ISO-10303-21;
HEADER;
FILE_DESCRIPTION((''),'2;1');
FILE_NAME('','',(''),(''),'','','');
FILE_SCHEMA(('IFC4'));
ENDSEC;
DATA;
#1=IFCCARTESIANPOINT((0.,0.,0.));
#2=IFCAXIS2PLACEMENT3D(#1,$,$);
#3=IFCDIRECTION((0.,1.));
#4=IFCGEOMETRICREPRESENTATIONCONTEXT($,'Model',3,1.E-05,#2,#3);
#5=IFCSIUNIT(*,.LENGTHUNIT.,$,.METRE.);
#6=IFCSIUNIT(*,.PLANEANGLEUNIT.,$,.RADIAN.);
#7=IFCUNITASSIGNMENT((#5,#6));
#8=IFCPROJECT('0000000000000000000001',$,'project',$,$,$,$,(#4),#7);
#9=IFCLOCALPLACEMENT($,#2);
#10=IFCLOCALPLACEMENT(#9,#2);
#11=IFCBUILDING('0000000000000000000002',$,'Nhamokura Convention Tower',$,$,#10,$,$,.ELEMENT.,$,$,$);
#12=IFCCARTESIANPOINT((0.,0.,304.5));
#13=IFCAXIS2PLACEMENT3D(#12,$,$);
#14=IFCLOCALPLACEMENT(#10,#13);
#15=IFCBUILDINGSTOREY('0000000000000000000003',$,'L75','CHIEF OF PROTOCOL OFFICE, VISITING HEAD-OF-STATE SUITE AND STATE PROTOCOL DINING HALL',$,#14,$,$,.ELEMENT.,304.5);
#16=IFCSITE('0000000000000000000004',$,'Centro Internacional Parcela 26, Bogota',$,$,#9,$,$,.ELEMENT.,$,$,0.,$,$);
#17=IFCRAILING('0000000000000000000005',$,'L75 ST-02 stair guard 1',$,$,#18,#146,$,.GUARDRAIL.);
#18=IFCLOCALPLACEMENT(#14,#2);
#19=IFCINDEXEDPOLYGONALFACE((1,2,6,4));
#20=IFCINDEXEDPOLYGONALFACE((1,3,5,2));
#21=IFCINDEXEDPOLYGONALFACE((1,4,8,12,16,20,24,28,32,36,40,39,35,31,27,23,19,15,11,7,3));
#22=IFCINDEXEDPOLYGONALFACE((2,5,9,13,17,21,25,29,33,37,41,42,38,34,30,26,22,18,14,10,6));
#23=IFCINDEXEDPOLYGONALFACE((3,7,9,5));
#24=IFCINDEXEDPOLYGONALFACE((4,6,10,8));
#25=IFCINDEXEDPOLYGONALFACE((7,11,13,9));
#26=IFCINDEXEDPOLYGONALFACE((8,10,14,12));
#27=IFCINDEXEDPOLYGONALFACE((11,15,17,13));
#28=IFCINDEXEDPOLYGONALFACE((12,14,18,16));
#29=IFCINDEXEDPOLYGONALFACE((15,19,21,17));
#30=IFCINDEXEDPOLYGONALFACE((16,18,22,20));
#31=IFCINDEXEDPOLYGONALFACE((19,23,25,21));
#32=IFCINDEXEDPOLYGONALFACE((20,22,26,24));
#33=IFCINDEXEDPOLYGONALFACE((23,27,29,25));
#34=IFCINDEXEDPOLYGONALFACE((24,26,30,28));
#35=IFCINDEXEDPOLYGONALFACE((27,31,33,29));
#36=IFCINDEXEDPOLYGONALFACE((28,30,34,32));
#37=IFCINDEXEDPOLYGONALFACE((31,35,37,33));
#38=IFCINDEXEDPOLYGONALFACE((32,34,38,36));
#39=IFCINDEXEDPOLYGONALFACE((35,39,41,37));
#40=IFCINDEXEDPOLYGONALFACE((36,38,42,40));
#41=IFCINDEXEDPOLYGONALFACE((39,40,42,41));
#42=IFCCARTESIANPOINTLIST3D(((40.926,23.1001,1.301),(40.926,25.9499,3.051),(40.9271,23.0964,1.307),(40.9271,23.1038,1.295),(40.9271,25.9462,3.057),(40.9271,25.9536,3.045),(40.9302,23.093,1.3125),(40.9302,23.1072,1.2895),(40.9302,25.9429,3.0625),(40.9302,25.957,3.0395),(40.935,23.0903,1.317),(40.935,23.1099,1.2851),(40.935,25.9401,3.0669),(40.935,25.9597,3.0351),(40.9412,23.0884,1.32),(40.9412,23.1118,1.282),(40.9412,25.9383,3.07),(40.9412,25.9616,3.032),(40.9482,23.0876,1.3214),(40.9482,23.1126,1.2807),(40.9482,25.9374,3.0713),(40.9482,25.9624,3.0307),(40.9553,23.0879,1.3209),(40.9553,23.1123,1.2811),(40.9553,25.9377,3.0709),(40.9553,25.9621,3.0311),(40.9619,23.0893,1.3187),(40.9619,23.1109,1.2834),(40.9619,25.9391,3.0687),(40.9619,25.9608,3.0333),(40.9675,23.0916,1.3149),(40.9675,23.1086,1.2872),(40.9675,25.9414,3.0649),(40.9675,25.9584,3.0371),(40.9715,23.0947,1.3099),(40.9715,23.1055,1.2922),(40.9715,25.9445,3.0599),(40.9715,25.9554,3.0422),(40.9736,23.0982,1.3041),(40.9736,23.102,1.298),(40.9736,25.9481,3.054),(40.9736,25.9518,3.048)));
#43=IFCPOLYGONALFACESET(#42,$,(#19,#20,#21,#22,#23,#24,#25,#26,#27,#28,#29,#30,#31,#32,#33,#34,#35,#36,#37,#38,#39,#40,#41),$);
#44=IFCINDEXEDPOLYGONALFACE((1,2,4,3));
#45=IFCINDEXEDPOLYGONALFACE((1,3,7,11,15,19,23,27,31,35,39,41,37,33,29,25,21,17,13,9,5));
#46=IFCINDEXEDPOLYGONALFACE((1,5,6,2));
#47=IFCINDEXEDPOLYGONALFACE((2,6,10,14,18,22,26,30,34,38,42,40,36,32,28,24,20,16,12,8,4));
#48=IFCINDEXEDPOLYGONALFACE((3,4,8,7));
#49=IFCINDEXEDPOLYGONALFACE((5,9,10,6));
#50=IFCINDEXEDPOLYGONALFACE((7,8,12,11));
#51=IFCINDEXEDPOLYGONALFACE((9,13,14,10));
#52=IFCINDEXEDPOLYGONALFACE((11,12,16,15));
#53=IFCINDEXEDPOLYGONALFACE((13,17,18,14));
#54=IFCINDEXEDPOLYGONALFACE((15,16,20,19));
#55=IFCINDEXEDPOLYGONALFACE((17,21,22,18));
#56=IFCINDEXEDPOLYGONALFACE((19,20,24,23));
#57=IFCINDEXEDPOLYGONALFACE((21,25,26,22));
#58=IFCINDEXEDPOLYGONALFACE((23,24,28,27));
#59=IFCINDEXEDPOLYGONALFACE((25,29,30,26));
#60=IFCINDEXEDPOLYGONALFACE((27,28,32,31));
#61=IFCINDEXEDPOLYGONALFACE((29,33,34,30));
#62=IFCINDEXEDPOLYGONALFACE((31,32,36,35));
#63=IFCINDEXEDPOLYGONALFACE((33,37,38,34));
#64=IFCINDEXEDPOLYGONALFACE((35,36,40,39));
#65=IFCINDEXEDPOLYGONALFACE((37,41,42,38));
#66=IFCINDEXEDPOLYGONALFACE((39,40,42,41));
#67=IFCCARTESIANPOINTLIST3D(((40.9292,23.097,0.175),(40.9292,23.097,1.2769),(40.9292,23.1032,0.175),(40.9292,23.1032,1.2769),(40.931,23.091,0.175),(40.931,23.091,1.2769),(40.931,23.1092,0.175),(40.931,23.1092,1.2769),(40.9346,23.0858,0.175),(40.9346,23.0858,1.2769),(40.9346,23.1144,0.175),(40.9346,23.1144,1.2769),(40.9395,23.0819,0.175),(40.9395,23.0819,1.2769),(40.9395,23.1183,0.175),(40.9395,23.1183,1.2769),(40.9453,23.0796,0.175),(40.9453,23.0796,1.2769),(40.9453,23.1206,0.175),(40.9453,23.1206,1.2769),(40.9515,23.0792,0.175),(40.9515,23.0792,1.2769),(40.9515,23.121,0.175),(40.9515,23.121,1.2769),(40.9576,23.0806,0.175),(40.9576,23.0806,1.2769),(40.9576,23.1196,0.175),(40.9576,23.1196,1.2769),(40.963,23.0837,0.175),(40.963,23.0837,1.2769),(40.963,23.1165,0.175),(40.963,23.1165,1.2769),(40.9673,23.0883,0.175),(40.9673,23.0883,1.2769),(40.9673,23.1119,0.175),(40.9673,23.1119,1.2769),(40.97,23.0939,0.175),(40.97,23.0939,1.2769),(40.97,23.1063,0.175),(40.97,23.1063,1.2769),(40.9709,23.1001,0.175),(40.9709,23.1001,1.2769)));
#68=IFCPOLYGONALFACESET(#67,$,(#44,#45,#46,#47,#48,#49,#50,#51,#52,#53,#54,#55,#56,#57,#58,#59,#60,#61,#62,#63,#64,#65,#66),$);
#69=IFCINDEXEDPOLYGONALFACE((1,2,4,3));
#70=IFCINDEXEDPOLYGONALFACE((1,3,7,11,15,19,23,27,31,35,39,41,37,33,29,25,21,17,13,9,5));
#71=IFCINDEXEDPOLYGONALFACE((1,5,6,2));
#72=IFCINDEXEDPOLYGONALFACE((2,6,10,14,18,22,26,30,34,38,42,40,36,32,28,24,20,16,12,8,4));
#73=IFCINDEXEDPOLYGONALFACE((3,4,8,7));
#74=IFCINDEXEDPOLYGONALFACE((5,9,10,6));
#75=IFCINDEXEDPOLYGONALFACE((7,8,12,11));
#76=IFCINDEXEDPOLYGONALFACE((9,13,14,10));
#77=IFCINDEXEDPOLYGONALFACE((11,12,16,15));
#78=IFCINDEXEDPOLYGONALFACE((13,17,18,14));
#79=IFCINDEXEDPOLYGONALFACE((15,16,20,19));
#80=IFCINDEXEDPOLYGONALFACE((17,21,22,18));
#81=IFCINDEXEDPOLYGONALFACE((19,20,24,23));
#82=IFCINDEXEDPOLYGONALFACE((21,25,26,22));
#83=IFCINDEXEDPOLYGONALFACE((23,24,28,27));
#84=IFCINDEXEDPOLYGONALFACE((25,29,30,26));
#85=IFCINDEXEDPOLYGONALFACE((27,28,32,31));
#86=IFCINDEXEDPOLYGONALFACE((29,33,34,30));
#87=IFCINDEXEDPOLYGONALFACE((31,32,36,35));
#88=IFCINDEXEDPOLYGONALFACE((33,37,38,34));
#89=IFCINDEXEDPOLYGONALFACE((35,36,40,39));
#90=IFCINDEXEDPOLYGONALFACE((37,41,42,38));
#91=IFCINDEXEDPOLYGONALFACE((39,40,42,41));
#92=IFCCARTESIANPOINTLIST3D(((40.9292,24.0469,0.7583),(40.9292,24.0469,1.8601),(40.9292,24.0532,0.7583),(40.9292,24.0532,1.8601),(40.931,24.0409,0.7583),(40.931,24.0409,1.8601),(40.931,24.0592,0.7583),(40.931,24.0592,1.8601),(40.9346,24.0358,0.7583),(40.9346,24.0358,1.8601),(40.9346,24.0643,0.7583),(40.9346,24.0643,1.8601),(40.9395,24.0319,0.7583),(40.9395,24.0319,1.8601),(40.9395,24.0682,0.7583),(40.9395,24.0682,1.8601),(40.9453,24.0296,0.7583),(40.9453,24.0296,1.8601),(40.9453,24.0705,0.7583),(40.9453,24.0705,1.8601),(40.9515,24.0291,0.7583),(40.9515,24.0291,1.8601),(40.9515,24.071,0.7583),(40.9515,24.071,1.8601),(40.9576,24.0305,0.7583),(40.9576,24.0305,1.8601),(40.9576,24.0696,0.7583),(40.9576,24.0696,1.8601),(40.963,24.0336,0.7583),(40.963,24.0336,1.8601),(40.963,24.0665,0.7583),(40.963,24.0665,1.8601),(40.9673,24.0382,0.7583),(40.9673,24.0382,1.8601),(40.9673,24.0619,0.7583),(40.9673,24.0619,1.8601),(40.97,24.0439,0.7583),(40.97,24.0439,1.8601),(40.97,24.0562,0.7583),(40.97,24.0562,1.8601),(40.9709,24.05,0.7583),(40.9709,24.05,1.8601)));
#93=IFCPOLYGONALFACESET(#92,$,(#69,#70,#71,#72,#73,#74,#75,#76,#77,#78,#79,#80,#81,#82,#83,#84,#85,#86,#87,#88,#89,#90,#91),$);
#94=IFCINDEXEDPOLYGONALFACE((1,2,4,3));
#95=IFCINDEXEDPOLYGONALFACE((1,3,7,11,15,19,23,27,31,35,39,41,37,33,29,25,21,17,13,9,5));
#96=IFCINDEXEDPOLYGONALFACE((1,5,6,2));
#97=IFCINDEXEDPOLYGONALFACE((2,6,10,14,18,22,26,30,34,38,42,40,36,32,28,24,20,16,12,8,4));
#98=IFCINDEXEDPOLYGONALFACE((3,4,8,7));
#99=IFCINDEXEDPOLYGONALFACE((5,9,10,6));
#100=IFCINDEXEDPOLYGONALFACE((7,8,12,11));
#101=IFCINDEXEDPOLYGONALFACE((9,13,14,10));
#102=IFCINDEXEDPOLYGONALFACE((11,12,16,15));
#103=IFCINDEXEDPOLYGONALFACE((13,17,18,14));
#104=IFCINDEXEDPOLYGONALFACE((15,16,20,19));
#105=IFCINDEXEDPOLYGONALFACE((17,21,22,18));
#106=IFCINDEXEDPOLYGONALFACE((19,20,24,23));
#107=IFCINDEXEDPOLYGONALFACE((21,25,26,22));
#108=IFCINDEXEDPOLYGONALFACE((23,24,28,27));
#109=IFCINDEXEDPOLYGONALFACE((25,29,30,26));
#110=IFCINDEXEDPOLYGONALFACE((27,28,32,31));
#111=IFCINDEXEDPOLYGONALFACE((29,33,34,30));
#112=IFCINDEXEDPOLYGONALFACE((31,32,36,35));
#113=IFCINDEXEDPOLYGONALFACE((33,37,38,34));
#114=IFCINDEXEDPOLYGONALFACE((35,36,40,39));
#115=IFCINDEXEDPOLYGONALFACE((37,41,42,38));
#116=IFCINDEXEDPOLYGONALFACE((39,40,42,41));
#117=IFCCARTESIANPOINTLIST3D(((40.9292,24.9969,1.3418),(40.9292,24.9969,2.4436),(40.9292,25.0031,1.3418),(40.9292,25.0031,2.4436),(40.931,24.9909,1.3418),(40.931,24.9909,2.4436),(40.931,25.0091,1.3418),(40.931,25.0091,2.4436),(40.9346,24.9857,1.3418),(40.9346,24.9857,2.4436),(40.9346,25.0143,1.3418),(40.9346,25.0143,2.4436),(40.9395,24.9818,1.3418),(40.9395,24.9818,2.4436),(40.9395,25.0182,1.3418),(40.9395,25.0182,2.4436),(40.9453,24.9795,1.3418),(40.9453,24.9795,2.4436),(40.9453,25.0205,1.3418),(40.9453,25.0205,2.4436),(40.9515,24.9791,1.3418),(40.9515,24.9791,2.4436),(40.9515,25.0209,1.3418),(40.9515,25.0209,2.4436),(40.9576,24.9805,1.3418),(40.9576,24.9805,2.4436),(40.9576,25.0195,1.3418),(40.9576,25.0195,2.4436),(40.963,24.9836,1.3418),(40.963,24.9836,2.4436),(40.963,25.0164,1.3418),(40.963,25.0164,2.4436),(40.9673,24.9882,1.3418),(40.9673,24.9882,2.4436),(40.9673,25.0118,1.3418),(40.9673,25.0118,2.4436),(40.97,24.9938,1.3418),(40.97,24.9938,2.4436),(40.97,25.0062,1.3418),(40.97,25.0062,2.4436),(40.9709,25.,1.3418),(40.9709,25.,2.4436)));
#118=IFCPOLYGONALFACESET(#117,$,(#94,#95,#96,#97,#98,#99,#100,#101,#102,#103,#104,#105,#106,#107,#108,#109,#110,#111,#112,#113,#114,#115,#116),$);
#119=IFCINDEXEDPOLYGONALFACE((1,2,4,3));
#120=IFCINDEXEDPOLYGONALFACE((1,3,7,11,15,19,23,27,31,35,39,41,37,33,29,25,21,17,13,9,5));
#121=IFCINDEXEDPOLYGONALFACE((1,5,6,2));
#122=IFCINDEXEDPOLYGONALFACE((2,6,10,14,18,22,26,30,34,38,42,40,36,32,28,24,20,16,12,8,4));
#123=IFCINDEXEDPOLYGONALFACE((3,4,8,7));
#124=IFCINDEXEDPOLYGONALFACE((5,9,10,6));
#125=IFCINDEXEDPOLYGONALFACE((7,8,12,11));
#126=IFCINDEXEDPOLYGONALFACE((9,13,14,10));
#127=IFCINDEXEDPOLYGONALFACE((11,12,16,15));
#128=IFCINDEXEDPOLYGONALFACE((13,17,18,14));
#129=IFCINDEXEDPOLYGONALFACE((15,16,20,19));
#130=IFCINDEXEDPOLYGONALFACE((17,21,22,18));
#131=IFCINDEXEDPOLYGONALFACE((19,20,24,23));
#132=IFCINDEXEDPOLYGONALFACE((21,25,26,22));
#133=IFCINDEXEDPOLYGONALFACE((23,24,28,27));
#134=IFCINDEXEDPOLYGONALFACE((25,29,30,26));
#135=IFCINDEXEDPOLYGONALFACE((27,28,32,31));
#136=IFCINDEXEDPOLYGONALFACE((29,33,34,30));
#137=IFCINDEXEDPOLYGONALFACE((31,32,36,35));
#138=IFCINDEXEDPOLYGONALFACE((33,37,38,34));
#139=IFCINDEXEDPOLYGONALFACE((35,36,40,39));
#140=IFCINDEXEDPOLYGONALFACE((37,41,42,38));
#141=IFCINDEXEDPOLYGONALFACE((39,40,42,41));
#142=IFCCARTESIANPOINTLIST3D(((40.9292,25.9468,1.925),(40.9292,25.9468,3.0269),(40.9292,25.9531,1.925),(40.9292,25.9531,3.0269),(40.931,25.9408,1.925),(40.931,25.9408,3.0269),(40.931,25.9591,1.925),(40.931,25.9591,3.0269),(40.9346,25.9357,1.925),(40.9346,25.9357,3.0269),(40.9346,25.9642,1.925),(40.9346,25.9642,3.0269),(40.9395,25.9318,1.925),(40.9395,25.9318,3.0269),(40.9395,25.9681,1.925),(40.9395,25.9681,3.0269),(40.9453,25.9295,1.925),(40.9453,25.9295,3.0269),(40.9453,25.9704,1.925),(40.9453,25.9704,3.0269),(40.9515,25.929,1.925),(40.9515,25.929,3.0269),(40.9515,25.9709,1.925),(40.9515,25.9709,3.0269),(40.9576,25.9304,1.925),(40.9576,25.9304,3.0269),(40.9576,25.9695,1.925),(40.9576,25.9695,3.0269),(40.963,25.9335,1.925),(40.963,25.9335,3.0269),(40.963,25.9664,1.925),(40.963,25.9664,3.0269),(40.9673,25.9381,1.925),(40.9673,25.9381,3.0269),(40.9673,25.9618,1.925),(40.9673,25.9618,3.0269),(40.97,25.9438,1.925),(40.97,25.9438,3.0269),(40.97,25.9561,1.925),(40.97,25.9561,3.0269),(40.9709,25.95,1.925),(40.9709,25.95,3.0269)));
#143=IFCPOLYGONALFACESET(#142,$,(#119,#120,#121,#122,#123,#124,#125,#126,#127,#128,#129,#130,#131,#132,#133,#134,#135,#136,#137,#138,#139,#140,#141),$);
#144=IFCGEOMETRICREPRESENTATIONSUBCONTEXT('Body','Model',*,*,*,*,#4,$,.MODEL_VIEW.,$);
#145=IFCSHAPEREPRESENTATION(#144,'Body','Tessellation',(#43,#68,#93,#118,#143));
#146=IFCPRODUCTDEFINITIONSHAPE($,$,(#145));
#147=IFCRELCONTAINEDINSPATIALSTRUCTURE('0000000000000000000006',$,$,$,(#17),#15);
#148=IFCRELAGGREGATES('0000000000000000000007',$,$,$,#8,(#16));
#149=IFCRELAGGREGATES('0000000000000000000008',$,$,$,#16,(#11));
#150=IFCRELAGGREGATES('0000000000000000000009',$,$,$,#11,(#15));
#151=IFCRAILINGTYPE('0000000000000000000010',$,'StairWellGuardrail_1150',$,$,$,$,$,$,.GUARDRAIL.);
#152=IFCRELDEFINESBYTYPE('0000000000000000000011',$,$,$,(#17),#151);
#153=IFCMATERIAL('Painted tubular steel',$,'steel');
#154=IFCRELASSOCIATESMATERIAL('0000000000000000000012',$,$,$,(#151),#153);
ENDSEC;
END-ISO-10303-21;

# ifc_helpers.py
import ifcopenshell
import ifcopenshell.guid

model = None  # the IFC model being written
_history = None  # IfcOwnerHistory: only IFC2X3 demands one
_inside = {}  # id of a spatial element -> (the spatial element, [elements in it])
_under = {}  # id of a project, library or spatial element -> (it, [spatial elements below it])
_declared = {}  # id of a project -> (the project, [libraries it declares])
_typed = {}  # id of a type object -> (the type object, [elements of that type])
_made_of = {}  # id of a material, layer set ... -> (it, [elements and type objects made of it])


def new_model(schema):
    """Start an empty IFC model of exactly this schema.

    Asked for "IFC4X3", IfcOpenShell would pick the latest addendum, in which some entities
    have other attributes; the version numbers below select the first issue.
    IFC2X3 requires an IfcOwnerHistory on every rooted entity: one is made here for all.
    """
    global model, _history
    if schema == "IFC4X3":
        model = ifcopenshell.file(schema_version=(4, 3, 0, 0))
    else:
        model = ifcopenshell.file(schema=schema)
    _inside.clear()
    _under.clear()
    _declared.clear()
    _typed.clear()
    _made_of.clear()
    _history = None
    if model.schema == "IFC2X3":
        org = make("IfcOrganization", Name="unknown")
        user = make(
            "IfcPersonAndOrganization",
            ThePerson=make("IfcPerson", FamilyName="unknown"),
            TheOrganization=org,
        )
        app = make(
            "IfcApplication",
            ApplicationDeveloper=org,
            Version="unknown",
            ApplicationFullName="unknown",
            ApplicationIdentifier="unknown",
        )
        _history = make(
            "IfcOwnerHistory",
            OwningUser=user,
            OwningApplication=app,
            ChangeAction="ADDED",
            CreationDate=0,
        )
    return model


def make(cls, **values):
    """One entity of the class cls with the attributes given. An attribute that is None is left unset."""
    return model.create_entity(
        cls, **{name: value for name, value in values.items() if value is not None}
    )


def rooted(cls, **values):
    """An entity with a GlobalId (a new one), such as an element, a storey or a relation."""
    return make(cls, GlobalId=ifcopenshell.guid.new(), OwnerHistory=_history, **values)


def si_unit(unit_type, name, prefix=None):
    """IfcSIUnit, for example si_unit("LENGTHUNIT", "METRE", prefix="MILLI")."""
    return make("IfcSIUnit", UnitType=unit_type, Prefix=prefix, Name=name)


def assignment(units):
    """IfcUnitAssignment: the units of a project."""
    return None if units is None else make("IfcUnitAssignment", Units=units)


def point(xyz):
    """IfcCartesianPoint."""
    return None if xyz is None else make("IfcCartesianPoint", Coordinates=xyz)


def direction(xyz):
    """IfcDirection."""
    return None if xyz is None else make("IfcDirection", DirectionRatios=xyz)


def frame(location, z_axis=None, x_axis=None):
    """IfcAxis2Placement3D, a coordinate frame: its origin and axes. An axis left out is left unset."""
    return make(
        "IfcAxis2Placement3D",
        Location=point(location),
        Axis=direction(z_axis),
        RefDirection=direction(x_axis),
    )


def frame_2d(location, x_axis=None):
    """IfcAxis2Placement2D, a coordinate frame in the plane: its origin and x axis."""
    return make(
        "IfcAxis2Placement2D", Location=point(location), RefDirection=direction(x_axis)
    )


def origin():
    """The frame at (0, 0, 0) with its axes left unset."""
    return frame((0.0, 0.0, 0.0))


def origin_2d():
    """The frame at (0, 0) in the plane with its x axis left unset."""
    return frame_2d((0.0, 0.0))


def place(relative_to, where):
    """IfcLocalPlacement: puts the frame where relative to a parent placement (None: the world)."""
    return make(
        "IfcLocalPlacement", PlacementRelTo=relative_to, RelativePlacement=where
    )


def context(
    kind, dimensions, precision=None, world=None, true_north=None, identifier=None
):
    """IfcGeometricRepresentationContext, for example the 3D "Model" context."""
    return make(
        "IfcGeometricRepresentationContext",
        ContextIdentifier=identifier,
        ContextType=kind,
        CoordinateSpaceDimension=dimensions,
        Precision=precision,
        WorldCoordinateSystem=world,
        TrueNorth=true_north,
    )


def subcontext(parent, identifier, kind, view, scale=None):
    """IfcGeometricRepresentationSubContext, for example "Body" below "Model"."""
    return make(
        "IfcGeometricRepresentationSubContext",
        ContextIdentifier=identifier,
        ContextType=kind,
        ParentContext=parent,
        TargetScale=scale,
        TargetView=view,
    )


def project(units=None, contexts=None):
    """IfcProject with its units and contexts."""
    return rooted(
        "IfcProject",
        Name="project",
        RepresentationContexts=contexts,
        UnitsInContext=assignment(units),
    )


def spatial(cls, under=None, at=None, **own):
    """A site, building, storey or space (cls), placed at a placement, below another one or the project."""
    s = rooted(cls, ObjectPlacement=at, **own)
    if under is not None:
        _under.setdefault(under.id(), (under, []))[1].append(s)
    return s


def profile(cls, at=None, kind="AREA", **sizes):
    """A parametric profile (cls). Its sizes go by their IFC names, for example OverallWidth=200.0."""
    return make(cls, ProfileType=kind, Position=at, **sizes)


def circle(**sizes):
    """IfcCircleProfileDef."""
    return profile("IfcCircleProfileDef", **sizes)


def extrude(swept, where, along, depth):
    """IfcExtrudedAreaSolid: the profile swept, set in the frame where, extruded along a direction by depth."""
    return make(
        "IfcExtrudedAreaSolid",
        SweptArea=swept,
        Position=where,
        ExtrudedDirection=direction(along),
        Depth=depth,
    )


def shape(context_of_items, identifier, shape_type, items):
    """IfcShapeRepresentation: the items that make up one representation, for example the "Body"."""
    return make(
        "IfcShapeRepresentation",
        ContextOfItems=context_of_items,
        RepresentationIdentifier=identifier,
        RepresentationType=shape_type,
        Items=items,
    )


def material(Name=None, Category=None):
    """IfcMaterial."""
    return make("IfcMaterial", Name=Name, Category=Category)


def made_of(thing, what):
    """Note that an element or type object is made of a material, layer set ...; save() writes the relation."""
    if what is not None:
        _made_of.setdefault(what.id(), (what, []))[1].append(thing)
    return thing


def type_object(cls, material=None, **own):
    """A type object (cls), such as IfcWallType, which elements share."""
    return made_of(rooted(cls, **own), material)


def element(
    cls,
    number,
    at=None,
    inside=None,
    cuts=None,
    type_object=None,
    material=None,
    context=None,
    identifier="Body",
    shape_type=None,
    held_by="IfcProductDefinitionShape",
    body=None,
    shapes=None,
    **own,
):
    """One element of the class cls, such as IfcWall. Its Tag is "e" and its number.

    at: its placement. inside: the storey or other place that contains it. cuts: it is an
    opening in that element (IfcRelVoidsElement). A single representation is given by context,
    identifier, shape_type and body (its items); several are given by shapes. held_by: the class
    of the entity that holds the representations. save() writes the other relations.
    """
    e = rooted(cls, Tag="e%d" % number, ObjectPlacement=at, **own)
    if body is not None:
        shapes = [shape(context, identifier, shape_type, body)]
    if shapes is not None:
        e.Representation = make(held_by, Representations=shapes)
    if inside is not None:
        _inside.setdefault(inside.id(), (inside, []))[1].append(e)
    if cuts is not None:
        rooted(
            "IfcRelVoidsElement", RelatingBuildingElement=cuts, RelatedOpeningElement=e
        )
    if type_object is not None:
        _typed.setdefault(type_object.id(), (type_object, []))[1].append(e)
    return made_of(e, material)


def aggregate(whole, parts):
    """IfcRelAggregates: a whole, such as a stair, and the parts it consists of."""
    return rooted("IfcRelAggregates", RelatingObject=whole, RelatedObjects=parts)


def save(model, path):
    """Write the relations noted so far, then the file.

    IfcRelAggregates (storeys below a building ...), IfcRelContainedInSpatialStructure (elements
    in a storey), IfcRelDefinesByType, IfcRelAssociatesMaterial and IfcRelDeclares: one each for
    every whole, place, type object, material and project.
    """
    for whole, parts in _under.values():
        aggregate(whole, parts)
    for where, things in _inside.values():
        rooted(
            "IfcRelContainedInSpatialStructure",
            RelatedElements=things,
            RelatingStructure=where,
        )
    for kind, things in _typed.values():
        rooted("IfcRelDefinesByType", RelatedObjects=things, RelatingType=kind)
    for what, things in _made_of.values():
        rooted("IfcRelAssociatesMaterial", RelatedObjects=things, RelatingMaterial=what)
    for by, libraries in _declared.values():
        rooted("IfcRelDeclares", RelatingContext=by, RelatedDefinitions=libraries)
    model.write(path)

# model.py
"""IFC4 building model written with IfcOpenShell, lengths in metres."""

from ifc_helpers import new_model, si_unit, direction, frame, origin, origin_2d, place, context, subcontext, project, spatial, circle, extrude, material, type_object, element, save


model = new_model("IFC4")

# Units and contexts
model_context = context("Model", 3, precision=1e-05, world=origin(), true_north=direction((0.0, 1.0)))
body_context = subcontext(model_context, "Body", "Model", "MODEL_VIEW")
ifc_project = project(units=[si_unit("LENGTHUNIT", "METRE"), si_unit("PLANEANGLEUNIT", "RADIAN")], contexts=[model_context])

# Site, building, storey
site_placement = place(None, origin())
site = spatial("IfcSite", under=ifc_project, at=site_placement, Name="Centro Internacional Parcela 26, Bogota", CompositionType="ELEMENT", RefElevation=0.0)
building_placement = place(site_placement, origin())
building = spatial("IfcBuilding", under=site, at=building_placement, Name="Nhamokura Convention Tower", CompositionType="ELEMENT")
storey_placement = place(building_placement, frame((0.0, 0.0, 304.5)))
storey = spatial("IfcBuildingStorey", under=building, at=storey_placement, Name="L75", Description="CHIEF OF PROTOCOL OFFICE, VISITING HEAD-OF-STATE SUITE AND STATE PROTOCOL DINING HALL", CompositionType="ELEMENT", Elevation=304.5)

# Railing
ifc_material_1 = material(Name="Painted tubular steel", Category="steel")
railing_type_1 = type_object("IfcRailingType", Name="StairWellGuardrail_1150", PredefinedType="GUARDRAIL", material=ifc_material_1)
railing_1_placement = place(storey_placement, frame((40.95, 23.1001, 0.175)))
element("IfcRailing", 1, at=railing_1_placement, inside=storey, type_object=railing_type_1, Name="L75 ST-02 stair guard 1", PredefinedType="GUARDRAIL", context=body_context, shape_type="SweptSolid", body=[
    extrude(circle(Radius=0.0239, at=origin_2d()), frame((0.0, 0.0, 1.126), z_axis=(0.0, 0.852159, 0.523283), x_axis=(-1.0, 0.0, 0.0)), (0.0, 0.0, 1.0), 3.3442),
    extrude(circle(Radius=0.021, at=origin_2d()), origin(), (0.0, 0.0, 1.0), 1.1018),
    extrude(circle(Radius=0.021, at=origin_2d()), frame((0.0, 0.95, 0.5833)), (0.0, 0.0, 1.0), 1.1018),
    extrude(circle(Radius=0.021, at=origin_2d()), frame((0.0, 1.8999, 1.1667)), (0.0, 0.0, 1.0), 1.1018),
    extrude(circle(Radius=0.021, at=origin_2d()), frame((0.0, 2.8499, 1.75)), (0.0, 0.0, 1.0), 1.1018),
])

save(model, "model.ifc")
